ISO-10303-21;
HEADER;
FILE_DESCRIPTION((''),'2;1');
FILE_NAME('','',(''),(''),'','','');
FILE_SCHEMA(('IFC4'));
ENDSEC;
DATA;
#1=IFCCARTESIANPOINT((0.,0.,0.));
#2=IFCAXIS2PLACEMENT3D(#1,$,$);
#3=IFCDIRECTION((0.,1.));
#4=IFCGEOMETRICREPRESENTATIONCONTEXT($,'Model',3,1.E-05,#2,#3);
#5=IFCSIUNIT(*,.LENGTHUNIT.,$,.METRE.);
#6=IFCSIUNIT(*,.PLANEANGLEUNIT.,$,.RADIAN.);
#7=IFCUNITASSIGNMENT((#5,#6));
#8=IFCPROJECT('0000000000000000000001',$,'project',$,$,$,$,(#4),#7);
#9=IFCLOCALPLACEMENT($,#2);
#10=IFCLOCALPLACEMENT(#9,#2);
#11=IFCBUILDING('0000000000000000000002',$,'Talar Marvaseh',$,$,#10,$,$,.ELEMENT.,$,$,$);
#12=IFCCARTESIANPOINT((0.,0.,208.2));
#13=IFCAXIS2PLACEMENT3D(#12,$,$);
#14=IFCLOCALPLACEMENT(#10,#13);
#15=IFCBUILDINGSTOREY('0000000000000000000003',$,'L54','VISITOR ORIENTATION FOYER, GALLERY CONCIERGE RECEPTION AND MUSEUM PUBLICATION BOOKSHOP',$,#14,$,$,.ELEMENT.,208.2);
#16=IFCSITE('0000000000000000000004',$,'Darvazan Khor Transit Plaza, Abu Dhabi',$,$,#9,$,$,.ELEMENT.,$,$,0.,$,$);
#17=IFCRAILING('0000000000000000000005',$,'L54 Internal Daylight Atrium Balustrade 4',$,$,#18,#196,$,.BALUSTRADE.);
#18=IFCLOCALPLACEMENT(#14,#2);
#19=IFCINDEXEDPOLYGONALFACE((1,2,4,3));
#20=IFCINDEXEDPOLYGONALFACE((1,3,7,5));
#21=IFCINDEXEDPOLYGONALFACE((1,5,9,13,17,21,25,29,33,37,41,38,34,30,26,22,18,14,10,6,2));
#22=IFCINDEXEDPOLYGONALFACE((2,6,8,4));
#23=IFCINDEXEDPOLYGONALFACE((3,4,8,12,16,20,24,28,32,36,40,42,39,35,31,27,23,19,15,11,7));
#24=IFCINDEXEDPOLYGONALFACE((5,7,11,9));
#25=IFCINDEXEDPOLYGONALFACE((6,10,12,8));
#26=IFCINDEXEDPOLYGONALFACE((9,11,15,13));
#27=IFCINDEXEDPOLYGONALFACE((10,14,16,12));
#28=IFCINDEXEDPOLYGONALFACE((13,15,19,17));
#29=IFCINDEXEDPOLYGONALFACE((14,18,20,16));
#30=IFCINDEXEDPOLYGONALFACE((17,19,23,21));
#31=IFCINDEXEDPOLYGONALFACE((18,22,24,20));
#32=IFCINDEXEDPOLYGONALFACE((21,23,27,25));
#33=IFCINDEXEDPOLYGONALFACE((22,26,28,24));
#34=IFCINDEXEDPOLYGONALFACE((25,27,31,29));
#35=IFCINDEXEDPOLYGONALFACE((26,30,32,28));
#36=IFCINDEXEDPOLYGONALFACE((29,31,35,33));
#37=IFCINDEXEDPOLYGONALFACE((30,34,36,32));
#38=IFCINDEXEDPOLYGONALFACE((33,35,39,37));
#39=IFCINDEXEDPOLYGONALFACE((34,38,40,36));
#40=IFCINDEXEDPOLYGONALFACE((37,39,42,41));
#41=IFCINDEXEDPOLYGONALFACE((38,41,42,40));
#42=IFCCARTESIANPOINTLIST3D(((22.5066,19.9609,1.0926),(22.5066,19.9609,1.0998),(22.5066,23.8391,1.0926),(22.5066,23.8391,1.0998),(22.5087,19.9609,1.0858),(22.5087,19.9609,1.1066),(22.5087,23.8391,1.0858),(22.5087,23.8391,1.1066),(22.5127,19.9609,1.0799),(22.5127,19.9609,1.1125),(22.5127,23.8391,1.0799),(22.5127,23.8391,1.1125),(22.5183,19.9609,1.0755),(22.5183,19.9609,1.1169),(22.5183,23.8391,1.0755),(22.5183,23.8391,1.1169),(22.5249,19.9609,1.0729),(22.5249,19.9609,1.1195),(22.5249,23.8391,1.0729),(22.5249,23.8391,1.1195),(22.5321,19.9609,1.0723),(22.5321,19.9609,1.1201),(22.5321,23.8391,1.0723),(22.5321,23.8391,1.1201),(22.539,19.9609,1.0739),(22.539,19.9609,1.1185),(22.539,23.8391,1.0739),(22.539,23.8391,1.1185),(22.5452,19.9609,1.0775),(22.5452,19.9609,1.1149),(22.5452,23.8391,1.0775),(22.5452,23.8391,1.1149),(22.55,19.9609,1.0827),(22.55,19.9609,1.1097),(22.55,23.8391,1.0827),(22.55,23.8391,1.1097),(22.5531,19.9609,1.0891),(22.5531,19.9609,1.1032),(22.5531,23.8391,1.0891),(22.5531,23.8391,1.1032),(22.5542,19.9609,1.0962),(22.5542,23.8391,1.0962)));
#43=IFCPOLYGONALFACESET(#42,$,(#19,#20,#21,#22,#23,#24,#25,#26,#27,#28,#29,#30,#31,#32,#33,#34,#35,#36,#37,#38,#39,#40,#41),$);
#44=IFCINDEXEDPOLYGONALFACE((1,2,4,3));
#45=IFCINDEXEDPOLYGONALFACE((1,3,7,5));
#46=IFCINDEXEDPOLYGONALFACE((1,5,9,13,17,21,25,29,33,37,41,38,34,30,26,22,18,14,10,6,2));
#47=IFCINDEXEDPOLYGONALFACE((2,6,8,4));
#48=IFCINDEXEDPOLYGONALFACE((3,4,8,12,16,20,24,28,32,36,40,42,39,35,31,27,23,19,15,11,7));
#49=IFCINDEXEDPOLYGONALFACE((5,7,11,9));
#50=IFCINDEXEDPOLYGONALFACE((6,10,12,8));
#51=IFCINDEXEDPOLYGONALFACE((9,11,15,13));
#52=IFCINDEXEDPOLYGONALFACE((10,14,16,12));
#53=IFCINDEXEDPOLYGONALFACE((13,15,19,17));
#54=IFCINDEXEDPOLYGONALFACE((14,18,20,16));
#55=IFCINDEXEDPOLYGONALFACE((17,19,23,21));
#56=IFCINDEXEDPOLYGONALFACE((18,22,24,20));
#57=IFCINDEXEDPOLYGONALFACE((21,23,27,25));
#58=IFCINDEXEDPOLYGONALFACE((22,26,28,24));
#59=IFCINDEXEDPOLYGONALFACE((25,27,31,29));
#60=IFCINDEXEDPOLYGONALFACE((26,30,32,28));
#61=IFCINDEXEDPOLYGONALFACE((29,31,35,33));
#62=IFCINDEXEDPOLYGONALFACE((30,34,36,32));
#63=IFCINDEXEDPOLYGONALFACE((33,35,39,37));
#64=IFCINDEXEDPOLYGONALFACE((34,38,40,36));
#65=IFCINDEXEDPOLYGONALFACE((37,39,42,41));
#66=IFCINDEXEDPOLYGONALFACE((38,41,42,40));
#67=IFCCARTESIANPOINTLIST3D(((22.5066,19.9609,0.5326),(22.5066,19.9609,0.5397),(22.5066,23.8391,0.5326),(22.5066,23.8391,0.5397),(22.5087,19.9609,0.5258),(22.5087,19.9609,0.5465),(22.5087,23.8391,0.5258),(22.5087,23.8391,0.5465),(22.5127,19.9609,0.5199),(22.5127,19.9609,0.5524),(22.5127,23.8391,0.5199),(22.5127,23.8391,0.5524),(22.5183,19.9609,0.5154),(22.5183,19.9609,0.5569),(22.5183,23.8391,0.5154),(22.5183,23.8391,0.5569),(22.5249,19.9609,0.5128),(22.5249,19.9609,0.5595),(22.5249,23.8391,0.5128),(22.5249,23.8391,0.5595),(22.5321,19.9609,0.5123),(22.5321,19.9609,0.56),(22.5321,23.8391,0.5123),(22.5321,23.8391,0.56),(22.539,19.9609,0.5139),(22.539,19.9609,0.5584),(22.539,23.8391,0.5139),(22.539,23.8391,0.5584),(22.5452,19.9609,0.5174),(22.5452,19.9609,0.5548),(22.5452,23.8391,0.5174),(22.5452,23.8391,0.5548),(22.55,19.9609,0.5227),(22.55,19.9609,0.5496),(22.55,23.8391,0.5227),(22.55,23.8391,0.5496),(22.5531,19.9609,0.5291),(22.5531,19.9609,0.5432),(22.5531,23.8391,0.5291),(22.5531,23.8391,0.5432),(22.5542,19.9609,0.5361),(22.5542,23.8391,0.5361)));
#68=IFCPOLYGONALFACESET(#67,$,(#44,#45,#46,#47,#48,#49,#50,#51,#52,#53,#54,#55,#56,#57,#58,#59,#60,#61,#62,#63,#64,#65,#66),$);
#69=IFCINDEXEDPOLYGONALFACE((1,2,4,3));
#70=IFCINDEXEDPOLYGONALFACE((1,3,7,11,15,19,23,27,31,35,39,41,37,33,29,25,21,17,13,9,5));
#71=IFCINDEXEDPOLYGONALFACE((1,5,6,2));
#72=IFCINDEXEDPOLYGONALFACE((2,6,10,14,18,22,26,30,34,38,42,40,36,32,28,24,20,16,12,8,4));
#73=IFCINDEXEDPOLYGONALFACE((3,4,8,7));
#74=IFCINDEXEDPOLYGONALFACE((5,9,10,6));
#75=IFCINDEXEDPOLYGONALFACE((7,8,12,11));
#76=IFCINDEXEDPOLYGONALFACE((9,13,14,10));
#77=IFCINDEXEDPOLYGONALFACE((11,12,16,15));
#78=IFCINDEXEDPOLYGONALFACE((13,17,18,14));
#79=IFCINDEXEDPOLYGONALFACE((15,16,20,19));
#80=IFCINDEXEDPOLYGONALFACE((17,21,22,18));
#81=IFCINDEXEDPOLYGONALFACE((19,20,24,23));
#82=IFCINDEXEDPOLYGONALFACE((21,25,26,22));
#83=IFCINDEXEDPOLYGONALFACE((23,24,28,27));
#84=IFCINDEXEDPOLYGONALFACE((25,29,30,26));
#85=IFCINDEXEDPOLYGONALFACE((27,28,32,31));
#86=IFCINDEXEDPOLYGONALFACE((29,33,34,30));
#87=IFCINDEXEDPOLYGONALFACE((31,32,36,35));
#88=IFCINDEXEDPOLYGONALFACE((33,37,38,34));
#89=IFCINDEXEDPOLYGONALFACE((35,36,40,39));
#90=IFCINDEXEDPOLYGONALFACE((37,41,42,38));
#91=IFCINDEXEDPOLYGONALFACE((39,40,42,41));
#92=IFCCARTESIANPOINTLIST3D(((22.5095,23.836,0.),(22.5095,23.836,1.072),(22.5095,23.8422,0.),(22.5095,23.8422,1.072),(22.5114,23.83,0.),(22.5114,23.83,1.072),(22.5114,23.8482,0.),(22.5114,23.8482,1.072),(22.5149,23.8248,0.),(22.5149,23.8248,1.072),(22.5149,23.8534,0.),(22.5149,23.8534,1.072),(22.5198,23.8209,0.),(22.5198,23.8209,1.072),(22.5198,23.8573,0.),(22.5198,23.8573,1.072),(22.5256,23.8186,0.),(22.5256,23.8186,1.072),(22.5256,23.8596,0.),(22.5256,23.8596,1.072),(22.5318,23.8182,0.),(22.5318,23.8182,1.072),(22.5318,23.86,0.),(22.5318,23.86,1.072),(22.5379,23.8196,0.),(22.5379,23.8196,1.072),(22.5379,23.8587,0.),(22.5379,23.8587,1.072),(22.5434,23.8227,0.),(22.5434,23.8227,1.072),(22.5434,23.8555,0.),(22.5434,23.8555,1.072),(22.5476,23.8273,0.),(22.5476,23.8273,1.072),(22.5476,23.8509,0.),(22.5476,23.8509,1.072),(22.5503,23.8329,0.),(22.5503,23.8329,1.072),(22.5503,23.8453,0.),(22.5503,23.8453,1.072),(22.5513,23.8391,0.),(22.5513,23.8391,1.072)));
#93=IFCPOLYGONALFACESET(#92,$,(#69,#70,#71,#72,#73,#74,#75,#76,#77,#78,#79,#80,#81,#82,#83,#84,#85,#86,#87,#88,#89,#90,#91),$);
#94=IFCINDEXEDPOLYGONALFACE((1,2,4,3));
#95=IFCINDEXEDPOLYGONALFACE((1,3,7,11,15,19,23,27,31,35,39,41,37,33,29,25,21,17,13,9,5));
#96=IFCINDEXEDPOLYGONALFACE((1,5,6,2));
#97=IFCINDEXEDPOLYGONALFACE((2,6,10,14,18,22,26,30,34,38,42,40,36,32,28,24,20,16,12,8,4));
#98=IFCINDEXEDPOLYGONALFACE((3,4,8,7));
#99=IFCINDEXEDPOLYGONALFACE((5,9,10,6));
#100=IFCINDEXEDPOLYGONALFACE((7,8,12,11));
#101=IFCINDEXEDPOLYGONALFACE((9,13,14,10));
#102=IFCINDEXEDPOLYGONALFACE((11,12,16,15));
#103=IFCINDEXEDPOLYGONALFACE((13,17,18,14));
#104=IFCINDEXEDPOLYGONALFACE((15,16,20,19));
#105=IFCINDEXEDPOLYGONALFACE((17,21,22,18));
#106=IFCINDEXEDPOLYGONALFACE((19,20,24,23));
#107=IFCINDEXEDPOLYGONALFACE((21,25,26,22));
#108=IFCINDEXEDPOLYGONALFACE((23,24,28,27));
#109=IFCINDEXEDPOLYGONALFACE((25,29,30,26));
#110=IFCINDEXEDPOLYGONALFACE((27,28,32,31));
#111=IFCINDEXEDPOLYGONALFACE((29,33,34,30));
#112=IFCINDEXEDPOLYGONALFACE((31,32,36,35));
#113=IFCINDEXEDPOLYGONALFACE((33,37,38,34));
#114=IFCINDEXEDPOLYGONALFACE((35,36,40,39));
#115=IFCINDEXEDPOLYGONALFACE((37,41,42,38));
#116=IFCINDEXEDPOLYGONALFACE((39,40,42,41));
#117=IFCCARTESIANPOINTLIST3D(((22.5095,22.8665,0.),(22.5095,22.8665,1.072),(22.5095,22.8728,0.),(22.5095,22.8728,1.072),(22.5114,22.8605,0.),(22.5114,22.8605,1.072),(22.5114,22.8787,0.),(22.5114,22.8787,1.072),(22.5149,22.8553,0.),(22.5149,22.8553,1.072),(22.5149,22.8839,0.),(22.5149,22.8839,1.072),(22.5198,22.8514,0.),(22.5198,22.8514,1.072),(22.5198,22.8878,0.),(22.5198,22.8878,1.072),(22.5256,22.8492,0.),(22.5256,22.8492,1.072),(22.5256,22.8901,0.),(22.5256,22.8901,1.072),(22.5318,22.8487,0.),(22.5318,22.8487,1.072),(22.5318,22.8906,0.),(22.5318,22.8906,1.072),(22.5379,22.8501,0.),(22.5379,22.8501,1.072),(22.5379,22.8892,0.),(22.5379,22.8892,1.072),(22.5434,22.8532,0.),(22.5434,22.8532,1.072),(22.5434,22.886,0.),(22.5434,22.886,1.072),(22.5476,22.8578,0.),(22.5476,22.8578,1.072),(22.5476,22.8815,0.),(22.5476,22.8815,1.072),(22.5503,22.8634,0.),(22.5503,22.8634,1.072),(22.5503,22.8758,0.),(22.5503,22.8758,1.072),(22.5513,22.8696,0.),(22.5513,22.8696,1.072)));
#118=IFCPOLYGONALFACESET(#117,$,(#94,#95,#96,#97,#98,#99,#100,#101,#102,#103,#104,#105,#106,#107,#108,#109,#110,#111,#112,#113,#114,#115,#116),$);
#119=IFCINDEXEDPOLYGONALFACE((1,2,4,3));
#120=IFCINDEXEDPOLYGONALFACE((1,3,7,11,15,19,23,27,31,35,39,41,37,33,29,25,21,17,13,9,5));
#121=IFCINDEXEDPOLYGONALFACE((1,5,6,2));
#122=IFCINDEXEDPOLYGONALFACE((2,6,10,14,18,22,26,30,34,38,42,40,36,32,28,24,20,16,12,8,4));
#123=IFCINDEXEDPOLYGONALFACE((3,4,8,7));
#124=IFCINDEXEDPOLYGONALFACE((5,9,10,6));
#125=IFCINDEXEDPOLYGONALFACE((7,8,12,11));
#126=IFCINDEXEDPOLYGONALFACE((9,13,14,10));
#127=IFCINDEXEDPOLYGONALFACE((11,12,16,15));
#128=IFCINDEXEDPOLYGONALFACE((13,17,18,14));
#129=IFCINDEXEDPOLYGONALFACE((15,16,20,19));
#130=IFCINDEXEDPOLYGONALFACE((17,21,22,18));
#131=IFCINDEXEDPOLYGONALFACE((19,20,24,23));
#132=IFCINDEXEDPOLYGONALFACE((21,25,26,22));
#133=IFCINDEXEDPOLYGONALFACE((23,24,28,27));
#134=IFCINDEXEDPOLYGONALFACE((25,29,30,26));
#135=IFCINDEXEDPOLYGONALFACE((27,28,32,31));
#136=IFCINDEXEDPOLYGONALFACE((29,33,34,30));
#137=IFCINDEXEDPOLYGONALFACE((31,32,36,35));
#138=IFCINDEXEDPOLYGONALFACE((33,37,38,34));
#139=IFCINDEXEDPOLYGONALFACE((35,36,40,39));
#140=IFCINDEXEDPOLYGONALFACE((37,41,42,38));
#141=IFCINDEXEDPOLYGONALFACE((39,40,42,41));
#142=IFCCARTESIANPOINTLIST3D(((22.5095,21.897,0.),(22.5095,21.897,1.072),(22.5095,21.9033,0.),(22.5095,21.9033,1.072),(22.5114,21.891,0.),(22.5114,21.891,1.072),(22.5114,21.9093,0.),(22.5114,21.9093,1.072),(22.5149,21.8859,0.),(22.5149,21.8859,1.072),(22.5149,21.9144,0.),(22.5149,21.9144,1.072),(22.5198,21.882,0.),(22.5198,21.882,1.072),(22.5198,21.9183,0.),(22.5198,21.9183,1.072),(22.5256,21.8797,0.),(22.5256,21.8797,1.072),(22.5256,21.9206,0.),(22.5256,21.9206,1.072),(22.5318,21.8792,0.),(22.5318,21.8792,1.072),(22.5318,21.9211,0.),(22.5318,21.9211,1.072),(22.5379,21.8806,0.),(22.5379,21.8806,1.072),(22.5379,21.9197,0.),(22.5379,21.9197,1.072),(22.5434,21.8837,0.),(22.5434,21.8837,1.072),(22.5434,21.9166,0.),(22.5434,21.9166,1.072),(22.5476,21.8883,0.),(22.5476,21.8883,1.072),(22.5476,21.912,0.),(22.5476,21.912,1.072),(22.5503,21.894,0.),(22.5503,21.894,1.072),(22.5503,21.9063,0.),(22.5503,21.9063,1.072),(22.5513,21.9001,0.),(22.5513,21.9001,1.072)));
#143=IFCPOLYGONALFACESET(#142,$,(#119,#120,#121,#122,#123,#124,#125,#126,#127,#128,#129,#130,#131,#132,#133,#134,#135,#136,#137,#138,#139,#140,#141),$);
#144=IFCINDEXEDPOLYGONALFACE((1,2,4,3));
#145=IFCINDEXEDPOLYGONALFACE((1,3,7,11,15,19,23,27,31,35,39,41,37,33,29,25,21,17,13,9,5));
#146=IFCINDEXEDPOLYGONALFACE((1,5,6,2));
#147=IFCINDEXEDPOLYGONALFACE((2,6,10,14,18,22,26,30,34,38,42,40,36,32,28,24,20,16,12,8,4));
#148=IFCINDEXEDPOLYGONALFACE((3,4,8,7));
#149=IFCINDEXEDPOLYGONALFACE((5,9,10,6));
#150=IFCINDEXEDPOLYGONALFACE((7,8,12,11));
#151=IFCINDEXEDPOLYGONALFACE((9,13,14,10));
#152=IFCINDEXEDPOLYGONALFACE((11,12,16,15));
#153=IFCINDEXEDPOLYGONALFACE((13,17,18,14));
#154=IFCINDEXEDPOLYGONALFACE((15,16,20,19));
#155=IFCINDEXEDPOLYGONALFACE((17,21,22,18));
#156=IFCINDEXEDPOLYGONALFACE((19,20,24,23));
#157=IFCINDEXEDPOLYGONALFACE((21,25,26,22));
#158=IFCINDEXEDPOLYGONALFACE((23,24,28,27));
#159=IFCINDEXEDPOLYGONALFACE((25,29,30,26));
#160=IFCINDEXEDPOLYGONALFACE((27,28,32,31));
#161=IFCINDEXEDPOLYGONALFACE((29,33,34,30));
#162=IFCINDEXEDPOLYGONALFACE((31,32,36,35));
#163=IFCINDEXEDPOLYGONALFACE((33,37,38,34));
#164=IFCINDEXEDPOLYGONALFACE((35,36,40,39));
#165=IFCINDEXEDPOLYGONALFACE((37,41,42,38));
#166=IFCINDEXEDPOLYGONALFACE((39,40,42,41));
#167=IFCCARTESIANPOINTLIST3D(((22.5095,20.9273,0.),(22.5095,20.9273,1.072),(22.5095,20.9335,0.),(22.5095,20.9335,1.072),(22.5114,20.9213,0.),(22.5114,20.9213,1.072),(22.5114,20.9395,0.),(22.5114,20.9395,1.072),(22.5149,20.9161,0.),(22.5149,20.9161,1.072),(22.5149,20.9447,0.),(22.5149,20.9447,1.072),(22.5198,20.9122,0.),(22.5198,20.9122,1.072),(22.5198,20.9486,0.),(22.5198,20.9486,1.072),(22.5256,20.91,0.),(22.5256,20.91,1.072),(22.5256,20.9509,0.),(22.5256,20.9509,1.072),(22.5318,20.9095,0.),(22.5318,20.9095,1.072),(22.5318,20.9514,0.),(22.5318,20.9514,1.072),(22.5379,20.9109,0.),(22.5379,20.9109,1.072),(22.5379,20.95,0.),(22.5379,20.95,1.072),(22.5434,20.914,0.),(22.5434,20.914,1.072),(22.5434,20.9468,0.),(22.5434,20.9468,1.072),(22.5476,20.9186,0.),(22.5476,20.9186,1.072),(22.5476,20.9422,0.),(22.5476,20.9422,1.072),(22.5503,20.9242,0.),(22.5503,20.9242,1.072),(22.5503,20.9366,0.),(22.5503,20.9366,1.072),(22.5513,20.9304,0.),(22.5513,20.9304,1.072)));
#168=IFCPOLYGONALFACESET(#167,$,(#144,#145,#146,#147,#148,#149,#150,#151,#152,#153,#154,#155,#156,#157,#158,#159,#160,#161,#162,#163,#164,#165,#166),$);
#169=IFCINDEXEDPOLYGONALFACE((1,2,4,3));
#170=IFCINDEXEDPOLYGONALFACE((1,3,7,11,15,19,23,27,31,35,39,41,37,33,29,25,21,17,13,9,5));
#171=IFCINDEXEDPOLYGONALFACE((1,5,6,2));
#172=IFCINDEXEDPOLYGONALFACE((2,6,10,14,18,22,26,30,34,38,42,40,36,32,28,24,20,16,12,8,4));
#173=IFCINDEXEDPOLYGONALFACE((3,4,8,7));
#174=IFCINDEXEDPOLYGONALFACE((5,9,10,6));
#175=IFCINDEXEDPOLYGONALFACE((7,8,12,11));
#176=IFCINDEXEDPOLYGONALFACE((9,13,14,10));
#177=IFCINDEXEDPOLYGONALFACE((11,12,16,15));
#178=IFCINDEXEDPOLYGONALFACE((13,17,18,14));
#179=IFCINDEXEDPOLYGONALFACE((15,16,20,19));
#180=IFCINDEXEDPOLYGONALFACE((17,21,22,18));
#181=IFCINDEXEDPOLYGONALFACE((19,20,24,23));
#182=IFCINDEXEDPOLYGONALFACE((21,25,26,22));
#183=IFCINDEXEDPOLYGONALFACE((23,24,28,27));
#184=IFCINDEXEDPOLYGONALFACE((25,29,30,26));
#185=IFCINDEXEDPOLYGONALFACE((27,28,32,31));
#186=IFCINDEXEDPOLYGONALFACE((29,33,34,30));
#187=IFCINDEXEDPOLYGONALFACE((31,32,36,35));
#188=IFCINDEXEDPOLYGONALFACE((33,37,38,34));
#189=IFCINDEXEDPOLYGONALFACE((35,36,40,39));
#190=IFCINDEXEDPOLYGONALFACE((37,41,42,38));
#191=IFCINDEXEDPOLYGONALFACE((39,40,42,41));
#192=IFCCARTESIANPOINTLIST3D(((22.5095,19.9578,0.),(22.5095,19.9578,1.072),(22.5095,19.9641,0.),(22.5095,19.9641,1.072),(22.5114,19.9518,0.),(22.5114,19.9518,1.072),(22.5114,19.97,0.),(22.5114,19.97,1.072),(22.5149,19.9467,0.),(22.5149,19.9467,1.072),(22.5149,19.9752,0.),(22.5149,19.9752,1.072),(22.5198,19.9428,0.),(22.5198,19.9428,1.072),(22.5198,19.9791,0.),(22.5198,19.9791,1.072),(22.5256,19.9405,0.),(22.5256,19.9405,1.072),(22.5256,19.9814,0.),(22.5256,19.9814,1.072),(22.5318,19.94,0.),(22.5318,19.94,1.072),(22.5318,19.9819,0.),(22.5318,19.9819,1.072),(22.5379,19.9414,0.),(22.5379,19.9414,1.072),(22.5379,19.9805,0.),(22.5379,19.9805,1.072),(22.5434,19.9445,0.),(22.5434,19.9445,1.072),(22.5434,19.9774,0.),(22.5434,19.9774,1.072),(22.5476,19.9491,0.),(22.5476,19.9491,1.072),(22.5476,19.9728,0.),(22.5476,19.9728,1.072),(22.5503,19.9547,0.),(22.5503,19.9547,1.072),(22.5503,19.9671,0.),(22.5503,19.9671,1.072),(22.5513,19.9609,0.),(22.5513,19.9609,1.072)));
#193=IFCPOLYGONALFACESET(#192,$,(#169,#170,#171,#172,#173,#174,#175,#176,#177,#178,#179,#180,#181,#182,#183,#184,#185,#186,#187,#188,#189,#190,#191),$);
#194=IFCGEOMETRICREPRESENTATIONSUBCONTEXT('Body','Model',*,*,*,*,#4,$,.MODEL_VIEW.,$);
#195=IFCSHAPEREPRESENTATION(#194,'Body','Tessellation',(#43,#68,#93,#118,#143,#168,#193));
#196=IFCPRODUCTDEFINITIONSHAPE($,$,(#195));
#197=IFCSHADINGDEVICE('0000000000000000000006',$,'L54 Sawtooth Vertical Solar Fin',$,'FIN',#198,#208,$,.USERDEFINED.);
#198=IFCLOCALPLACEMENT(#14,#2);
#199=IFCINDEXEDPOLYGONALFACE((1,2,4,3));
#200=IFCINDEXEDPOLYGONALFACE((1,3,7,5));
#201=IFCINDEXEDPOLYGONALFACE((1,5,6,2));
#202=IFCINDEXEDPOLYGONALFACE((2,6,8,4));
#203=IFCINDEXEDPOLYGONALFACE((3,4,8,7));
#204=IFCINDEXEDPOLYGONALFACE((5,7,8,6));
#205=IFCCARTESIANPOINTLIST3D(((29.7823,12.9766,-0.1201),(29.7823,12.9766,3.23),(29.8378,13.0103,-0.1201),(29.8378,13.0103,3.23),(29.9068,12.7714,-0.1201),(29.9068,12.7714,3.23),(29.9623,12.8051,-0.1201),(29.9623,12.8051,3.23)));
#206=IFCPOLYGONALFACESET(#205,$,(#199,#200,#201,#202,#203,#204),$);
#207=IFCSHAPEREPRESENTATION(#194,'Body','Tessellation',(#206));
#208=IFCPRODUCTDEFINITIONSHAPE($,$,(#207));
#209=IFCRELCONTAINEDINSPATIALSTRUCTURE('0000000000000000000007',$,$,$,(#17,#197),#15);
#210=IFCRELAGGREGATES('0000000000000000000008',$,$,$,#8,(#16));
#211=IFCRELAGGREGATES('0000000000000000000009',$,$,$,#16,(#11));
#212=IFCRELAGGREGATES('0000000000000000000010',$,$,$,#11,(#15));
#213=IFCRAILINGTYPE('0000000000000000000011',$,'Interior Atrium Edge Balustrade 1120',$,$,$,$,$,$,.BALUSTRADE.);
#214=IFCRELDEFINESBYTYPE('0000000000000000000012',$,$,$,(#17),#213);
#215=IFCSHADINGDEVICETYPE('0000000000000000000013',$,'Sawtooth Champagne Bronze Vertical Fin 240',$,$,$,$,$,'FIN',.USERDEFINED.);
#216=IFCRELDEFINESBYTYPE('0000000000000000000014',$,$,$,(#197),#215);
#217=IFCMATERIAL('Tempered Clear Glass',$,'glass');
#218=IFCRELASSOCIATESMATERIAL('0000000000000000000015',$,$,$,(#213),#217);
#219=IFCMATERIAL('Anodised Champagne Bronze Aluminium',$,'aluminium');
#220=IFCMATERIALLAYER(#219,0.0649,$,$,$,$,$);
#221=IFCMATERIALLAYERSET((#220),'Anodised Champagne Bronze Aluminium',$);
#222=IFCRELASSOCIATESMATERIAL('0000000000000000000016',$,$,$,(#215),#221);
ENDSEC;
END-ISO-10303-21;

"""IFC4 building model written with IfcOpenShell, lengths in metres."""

from ifc_helpers import new_model, si_unit, direction, frame, origin, origin_2d, place, context, subcontext, project, spatial, rectangle, circle, extrude, source, transform, mapped, material, layer, layer_set, type_object, type_shapes, element, save


model = new_model("IFC4")

# Units and contexts
model_context = context("Model", 3, precision=1e-05, world=origin(), true_north=direction((0.0, 1.0)))
body_context = subcontext(model_context, "Body", "Model", "MODEL_VIEW")
ifc_project = project(units=[si_unit("LENGTHUNIT", "METRE"), si_unit("PLANEANGLEUNIT", "RADIAN")], contexts=[model_context])

# Site, building, storey
site_placement = place(None, origin())
site = spatial("IfcSite", under=ifc_project, at=site_placement, Name="Darvazan Khor Transit Plaza, Abu Dhabi", CompositionType="ELEMENT", RefElevation=0.0)
building_placement = place(site_placement, origin())
building = spatial("IfcBuilding", under=site, at=building_placement, Name="Talar Marvaseh", CompositionType="ELEMENT")
storey_placement = place(building_placement, frame((0.0, 0.0, 208.2)))
storey = spatial("IfcBuildingStorey", under=building, at=storey_placement, Name="L54", Description="VISITOR ORIENTATION FOYER, GALLERY CONCIERGE RECEPTION AND MUSEUM PUBLICATION BOOKSHOP", CompositionType="ELEMENT", Elevation=208.2)

# Railing
ifc_material_1 = material(Name="Tempered Clear Glass", Category="glass")
railing_type = type_object("IfcRailingType", Name="Interior Atrium Edge Balustrade 1120", PredefinedType="BALUSTRADE", material=ifc_material_1)
railing_1_placement = place(storey_placement, frame((22.5303, 23.8391, 0.0)))
element("IfcRailing", 1, at=railing_1_placement, inside=storey, type_object=railing_type, Name="L54 Internal Daylight Atrium Balustrade 4", PredefinedType="BALUSTRADE", context=body_context, shape_type="SweptSolid", body=[
    extrude(circle(Radius=0.0239, at=origin_2d()), frame((0.0, 0.0, 1.0962), z_axis=(0.0, -1.0, 0.0), x_axis=(1.0, 0.0, 0.0)), (0.0, 0.0, 1.0), 3.8782),
    extrude(circle(Radius=0.0239, at=origin_2d()), frame((0.0, 0.0, 0.5361), z_axis=(0.0, -1.0, 0.0), x_axis=(1.0, 0.0, 0.0)), (0.0, 0.0, 1.0), 3.8782),
    extrude(circle(Radius=0.021, at=origin_2d()), origin(), (0.0, 0.0, 1.0), 1.072),
    extrude(circle(Radius=0.021, at=origin_2d()), frame((0.0, -0.9695, 0.0)), (0.0, 0.0, 1.0), 1.072),
    extrude(circle(Radius=0.021, at=origin_2d()), frame((0.0, -1.939, 0.0)), (0.0, 0.0, 1.0), 1.072),
    extrude(circle(Radius=0.021, at=origin_2d()), frame((0.0, -2.9087, 0.0)), (0.0, 0.0, 1.0), 1.072),
    extrude(circle(Radius=0.021, at=origin_2d()), frame((0.0, -3.8782, 0.0)), (0.0, 0.0, 1.0), 1.072),
])

# Shading device
ifc_material_2 = material(Name="Anodised Champagne Bronze Aluminium", Category="aluminium")
ifc_layer_1 = layer(ifc_material_2, 0.0649)
ifc_layer_set_1 = layer_set([ifc_layer_1], Name="Anodised Champagne Bronze Aluminium")
shading_device_type = type_object("IfcShadingDeviceType", Name="Sawtooth Champagne Bronze Vertical Fin 240", ElementType="FIN", PredefinedType="USERDEFINED", material=ifc_layer_set_1)
shared_shape_1 = source(origin(), body_context, "Body", "SweptSolid", [
    extrude(rectangle(XDim=0.24, YDim=0.0649, at=origin_2d()), origin(), (0.0, 0.0, 1.0), 3.3501),
])
type_shapes(shading_device_type, [shared_shape_1])
for number, where, z_axis, x_axis, name in (
    (2, (29.8723, 12.8909, -0.1201), (0.0, 0.0, 1.0), (0.518922, -0.854821, 0.0), "L54 Sawtooth Vertical Solar Fin"),
):
    element("IfcShadingDevice", number, at=place(storey_placement, frame(where, z_axis=z_axis, x_axis=x_axis)), inside=storey, type_object=shading_device_type, Name=name, ObjectType="FIN", PredefinedType="USERDEFINED", context=body_context, shape_type="MappedRepresentation", body=[
        mapped(shared_shape_1, transform((0.0, 0.0, 0.0), x_axis=(1.0, 0.0, 0.0), y_axis=(0.0, 1.0, 0.0), z_axis=(0.0, 0.0, 1.0), scale=1.0)),
    ])

save(model, "model.ifc")
